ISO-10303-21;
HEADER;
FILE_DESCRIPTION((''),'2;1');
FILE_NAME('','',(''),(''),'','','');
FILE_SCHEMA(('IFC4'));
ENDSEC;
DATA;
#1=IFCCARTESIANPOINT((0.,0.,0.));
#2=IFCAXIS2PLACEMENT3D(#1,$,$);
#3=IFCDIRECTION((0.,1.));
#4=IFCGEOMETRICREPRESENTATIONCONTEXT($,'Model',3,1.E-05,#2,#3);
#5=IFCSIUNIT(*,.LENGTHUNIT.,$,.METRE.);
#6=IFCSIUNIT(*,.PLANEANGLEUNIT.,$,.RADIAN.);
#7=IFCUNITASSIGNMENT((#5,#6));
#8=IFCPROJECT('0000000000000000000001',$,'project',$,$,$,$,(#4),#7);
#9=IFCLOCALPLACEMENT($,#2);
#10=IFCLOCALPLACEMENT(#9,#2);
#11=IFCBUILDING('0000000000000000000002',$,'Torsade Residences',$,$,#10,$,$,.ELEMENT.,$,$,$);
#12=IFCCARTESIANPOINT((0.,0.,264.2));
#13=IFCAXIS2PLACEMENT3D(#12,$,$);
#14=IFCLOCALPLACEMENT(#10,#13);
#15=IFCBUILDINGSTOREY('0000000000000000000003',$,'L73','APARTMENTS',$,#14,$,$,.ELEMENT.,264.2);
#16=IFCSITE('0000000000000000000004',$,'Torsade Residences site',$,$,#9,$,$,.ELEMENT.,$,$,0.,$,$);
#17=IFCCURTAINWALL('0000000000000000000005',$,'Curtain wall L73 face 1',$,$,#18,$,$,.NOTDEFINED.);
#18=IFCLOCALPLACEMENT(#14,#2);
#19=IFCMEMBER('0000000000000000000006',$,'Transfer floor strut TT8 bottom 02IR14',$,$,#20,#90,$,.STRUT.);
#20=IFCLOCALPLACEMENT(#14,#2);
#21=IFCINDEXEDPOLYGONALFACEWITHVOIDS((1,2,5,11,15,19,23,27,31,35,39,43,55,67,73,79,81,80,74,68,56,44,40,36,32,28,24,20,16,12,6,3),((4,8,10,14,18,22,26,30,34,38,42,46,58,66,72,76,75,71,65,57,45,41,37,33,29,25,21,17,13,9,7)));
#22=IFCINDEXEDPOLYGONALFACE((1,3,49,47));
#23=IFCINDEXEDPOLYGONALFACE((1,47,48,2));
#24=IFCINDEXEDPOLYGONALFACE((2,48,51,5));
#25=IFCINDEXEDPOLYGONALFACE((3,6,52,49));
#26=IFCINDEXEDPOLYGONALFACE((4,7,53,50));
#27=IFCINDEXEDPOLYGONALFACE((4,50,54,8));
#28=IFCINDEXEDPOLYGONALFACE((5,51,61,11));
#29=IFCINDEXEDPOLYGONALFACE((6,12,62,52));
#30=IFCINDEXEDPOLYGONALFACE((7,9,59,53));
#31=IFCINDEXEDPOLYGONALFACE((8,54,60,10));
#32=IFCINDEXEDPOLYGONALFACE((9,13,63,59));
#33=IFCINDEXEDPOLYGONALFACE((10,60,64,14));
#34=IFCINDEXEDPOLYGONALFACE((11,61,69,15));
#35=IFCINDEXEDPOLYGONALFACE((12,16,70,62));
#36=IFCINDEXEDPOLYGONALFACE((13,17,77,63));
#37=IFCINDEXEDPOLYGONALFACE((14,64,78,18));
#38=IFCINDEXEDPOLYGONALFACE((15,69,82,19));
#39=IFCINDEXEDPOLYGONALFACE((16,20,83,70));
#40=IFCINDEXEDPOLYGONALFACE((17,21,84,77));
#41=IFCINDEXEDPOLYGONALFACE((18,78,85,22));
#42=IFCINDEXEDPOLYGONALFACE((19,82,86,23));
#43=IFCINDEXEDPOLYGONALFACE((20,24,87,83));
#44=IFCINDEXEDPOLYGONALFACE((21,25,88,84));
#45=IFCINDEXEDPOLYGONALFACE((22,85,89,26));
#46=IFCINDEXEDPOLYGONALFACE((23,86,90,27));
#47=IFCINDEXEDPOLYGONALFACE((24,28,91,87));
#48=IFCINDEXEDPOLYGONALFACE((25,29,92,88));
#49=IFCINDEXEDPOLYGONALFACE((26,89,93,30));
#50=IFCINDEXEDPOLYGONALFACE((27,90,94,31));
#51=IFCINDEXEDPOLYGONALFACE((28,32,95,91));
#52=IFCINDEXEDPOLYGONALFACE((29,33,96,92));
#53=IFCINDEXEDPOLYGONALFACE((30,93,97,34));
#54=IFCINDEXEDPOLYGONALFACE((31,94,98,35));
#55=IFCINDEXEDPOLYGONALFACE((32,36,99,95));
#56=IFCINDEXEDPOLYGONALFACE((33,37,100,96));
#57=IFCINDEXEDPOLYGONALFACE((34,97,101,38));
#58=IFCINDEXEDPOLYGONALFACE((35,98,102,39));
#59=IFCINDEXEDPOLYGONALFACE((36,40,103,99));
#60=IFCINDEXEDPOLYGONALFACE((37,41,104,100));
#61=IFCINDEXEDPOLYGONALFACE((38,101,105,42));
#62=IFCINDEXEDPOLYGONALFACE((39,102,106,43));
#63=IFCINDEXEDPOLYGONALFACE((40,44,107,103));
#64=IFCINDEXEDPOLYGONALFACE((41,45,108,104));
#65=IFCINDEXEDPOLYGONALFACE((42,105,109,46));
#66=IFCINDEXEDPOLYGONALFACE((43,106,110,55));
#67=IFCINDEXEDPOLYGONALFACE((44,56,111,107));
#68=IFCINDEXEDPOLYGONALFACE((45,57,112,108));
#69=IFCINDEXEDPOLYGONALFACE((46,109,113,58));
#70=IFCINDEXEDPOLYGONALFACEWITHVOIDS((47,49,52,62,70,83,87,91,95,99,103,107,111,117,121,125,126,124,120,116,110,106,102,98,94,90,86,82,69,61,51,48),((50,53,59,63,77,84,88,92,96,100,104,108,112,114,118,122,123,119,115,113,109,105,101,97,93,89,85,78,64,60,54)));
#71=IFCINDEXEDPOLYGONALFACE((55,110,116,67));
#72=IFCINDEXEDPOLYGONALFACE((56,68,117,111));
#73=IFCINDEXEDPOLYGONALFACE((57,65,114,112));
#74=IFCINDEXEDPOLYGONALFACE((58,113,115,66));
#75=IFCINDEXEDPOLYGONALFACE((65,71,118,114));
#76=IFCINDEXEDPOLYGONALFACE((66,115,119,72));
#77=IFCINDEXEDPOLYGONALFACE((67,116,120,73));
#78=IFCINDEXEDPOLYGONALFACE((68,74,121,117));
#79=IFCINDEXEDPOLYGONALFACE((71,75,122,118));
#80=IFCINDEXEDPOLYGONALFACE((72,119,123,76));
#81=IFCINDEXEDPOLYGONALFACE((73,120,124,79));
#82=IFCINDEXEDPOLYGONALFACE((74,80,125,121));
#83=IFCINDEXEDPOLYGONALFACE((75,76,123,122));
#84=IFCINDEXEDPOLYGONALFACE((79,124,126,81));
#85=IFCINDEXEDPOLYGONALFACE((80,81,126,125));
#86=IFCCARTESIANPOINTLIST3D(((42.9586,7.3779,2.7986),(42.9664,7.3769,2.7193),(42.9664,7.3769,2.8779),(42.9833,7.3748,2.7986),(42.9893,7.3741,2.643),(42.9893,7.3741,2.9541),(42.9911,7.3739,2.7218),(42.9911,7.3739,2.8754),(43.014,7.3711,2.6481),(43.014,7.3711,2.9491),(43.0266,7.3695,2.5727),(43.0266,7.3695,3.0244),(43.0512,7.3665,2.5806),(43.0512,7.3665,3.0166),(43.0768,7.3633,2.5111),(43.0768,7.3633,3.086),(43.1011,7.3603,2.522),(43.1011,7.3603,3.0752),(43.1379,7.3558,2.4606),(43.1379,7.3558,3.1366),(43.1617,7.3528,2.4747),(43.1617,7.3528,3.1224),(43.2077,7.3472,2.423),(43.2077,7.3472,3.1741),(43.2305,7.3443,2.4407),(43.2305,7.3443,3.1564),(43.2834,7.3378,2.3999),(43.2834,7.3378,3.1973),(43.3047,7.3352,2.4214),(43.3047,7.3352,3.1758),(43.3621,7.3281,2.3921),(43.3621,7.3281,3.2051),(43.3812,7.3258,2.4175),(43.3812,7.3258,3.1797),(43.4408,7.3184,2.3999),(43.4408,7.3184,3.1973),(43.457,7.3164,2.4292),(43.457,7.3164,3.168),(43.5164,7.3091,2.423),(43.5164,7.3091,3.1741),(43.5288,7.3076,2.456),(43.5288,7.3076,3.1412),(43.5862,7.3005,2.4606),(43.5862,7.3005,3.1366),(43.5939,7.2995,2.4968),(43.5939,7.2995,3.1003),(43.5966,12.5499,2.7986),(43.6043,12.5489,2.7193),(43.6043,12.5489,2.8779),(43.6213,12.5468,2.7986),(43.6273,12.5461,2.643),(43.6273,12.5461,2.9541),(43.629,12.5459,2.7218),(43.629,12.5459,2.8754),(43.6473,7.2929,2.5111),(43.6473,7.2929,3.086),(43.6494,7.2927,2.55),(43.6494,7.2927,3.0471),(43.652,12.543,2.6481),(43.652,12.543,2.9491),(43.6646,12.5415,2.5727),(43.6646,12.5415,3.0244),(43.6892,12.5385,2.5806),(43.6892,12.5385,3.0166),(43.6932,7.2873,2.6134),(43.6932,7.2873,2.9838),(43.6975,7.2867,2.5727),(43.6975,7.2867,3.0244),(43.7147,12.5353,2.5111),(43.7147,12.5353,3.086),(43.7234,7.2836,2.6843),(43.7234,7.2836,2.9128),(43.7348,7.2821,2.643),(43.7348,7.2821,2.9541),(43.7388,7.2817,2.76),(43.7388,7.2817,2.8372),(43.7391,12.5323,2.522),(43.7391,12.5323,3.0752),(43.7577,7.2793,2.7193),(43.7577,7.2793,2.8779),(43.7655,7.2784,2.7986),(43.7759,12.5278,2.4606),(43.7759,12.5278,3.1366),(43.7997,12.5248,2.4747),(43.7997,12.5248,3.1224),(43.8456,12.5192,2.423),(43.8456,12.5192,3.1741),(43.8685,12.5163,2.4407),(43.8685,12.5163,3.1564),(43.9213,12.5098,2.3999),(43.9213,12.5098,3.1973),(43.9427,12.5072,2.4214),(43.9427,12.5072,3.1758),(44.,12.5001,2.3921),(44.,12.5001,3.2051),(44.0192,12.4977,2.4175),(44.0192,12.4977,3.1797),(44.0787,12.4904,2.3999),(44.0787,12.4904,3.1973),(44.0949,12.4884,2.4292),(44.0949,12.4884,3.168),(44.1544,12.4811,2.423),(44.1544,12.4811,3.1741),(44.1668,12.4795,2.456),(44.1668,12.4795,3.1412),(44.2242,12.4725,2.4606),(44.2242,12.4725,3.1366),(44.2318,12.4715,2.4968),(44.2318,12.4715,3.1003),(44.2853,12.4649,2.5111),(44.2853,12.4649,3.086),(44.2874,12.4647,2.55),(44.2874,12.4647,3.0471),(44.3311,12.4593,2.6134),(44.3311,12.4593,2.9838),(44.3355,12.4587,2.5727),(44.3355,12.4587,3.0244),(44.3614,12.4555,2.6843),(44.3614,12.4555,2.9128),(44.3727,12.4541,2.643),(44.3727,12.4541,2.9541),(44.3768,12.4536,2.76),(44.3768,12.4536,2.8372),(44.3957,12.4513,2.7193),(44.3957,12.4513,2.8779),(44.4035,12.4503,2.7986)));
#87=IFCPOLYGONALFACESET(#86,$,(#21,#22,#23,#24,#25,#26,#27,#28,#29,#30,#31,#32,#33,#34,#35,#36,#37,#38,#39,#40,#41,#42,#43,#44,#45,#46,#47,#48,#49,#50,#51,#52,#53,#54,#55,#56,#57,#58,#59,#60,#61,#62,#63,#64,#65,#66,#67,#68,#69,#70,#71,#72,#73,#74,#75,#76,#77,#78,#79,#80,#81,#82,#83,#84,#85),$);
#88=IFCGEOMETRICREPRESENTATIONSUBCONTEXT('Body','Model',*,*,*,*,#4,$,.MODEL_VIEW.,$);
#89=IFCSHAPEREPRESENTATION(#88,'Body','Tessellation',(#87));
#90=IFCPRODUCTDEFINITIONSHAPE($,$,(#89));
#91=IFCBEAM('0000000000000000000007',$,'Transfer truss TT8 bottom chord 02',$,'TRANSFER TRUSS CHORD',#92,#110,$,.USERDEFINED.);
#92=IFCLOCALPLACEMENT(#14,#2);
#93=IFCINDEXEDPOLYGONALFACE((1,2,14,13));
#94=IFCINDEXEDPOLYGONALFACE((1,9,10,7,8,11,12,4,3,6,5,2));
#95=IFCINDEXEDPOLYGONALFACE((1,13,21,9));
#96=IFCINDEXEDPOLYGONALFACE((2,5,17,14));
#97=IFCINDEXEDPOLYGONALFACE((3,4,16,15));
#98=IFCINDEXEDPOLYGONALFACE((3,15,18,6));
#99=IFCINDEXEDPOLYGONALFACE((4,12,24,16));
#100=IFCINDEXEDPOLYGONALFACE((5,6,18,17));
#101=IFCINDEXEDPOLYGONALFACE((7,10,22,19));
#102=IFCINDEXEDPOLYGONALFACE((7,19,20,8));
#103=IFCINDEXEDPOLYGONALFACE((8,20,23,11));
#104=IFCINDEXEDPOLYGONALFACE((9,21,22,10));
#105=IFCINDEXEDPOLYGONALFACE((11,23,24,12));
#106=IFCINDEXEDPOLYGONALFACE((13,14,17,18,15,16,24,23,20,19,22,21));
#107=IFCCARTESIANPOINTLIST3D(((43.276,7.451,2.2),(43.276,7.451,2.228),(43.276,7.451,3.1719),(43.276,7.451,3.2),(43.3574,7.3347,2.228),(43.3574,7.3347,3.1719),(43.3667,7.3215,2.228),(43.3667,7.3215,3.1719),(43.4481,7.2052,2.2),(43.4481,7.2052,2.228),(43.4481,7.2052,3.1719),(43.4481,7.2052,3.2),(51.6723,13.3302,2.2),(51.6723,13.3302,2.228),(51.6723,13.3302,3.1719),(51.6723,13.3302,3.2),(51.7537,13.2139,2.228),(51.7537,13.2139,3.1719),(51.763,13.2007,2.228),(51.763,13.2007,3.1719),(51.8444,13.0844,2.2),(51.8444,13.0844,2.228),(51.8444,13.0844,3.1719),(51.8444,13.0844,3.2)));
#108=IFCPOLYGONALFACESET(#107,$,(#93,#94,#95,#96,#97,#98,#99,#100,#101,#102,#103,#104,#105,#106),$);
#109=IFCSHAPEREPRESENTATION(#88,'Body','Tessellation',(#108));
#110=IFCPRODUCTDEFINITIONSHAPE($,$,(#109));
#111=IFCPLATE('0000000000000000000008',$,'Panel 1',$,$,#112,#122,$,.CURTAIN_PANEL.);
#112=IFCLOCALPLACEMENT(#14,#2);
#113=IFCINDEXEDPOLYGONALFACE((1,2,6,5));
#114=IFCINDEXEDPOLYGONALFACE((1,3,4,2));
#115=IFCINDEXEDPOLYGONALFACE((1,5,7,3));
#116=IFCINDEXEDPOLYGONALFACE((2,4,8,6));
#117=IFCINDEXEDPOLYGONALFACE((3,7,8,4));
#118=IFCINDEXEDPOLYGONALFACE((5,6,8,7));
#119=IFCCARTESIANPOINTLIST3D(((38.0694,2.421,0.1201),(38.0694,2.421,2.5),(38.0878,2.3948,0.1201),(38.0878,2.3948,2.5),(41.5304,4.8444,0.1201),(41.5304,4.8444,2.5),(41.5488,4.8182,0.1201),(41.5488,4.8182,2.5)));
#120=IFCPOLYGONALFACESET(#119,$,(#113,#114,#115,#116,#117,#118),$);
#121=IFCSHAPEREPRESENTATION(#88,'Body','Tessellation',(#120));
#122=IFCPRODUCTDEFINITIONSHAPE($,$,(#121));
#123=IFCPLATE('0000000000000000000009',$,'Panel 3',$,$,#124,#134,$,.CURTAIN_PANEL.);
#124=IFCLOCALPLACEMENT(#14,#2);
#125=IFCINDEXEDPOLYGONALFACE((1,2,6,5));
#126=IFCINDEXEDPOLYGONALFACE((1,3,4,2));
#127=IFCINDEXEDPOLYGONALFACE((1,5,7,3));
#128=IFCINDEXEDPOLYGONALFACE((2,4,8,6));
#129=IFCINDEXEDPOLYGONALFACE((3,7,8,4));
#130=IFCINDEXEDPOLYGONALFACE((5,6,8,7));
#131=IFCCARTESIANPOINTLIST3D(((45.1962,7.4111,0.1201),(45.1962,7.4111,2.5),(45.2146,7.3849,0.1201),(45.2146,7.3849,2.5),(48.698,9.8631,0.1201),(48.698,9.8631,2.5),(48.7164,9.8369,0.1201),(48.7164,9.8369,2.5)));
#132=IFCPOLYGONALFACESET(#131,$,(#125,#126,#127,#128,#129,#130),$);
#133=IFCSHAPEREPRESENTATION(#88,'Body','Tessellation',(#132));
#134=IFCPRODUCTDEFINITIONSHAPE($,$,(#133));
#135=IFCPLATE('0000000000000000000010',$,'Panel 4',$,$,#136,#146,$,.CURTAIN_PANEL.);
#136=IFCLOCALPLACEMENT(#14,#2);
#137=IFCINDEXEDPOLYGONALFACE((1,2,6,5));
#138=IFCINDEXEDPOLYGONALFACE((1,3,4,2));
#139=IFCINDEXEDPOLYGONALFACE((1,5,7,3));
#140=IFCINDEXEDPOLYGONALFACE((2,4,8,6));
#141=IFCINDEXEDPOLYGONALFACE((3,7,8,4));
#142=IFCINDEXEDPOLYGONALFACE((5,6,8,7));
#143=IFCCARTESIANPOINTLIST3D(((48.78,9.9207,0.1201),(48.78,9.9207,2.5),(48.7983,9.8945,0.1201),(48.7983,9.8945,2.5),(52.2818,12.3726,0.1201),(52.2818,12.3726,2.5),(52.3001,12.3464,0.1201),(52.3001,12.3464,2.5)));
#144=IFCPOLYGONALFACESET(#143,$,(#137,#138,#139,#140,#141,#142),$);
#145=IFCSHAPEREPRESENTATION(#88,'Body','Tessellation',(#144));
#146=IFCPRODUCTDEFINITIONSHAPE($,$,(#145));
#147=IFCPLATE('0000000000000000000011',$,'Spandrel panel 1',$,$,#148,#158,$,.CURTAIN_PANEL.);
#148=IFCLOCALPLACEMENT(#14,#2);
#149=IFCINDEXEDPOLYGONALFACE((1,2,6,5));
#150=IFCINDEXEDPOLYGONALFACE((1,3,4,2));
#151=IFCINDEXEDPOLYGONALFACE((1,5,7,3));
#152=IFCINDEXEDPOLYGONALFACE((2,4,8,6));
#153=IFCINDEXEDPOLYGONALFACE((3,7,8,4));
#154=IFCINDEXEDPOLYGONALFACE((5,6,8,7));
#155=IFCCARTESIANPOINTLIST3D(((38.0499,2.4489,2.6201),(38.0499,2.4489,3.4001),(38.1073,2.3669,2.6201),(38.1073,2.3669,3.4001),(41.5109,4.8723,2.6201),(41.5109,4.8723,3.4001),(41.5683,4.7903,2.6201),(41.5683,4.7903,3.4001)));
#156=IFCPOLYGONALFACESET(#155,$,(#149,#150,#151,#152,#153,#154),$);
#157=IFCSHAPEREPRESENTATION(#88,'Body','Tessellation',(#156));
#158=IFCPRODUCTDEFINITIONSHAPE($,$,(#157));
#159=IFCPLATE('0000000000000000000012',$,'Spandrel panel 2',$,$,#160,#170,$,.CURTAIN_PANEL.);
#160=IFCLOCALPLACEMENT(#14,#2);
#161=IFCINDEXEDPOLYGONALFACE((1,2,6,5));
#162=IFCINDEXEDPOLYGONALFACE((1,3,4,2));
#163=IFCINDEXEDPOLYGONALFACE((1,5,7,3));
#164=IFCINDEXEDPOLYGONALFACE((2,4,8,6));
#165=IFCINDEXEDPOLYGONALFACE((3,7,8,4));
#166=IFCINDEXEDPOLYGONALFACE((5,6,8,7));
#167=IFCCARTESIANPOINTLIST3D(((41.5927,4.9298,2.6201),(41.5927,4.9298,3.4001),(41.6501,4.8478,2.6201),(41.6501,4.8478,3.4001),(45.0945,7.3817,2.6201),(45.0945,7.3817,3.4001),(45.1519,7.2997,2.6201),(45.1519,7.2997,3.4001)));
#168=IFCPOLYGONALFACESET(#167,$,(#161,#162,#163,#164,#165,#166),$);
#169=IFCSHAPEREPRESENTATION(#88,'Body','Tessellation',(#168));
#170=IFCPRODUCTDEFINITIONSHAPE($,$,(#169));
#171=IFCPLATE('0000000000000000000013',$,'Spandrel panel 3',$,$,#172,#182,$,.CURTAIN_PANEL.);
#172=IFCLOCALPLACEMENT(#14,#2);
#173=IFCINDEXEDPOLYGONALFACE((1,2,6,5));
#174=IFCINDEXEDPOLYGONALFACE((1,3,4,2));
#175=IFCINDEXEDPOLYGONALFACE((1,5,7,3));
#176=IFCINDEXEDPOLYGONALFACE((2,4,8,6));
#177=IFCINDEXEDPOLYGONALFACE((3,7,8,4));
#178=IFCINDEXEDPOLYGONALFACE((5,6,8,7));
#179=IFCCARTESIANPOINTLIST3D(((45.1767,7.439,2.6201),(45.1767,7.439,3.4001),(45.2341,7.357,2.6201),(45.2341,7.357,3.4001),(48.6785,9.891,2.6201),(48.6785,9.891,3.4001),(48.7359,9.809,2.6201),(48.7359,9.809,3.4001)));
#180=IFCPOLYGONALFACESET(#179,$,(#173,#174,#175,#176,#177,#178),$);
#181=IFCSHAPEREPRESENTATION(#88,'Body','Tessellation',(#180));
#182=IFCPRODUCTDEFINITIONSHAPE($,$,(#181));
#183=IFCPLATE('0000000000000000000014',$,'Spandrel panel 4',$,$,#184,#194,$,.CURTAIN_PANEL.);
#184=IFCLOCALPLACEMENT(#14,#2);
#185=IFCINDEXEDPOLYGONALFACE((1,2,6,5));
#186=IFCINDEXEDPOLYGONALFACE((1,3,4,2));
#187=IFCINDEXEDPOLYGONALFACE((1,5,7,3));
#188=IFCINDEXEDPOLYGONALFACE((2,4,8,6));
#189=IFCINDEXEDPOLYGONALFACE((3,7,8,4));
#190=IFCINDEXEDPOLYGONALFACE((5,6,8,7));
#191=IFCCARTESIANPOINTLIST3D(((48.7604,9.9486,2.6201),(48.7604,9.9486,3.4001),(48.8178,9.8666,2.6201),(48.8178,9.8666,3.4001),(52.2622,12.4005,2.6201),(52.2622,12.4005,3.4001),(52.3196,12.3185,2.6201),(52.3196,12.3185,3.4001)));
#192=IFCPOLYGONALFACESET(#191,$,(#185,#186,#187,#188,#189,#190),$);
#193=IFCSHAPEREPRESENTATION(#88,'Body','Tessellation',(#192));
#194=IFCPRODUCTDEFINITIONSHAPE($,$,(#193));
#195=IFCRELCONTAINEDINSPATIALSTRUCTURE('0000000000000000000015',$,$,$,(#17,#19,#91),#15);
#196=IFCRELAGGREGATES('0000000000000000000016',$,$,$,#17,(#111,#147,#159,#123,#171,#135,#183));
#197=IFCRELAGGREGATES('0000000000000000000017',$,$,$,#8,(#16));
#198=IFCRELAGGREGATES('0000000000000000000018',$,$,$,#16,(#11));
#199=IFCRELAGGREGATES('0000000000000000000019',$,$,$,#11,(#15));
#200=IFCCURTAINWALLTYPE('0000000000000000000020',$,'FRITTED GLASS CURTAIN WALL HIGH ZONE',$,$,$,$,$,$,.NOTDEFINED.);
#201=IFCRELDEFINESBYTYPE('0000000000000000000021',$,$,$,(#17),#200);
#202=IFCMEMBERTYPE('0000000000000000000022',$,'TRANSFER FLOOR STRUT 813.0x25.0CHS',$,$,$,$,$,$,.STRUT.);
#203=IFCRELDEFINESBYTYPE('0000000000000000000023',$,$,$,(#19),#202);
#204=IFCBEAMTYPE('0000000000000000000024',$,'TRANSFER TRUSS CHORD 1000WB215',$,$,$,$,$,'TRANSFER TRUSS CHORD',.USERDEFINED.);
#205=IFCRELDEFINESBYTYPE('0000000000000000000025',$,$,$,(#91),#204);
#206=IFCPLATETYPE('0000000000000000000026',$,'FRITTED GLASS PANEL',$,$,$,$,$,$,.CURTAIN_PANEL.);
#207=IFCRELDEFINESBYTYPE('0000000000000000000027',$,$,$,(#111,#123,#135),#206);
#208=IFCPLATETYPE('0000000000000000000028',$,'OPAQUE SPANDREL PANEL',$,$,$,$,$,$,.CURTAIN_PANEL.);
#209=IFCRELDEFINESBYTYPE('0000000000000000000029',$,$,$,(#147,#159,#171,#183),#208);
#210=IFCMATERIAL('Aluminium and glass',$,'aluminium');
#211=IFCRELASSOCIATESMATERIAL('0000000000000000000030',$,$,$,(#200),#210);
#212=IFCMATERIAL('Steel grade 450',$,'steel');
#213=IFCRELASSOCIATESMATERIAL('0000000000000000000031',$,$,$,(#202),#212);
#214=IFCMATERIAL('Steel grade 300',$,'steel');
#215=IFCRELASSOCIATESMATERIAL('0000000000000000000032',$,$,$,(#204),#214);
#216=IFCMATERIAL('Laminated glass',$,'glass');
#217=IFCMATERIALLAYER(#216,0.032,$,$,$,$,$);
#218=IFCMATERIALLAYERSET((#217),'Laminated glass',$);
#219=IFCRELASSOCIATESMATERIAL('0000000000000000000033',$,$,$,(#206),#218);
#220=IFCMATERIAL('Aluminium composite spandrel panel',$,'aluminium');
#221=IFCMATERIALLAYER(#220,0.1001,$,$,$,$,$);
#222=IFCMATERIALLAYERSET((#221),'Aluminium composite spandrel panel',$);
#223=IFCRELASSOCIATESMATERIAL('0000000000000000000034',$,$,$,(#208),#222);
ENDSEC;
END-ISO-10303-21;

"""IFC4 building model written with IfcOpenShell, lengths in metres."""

from ifc_helpers import new_model, si_unit, direction, frame, origin, origin_2d, place, context, subcontext, project, spatial, rectangle, hollow_circle, i_section, extrude, material, layer, layer_set, material_profile, profile_set, type_object, element, aggregate, save


model = new_model("IFC4")

# Units and contexts
model_context = context("Model", 3, precision=1e-05, world=origin(), true_north=direction((0.0, 1.0)))
body_context = subcontext(model_context, "Body", "Model", "MODEL_VIEW")
ifc_project = project(units=[si_unit("LENGTHUNIT", "METRE"), si_unit("PLANEANGLEUNIT", "RADIAN")], contexts=[model_context])

# Site, building, storey
site_placement = place(None, origin())
site = spatial("IfcSite", under=ifc_project, at=site_placement, Name="Torsade Residences site", CompositionType="ELEMENT", RefElevation=0.0)
building_placement = place(site_placement, origin())
building = spatial("IfcBuilding", under=site, at=building_placement, Name="Torsade Residences", CompositionType="ELEMENT")
storey_placement = place(building_placement, frame((0.0, 0.0, 264.2)))
storey = spatial("IfcBuildingStorey", under=building, at=storey_placement, Name="L73", Description="APARTMENTS", CompositionType="ELEMENT", Elevation=264.2)

# Curtain wall
ifc_material_1 = material(Name="Aluminium and glass", Category="aluminium")
curtain_wall_type = type_object("IfcCurtainWallType", Name="FRITTED GLASS CURTAIN WALL HIGH ZONE", PredefinedType="NOTDEFINED", material=ifc_material_1)
curtain_wall_placement = place(storey_placement, origin())
curtain_wall = element("IfcCurtainWall", 1, at=curtain_wall_placement, inside=storey, type_object=curtain_wall_type, Name="Curtain wall L73 face 1", PredefinedType="NOTDEFINED")

# Member
ifc_material_2 = material(Name="Steel grade 450", Category="steel")
ifc_material_profile_1 = material_profile(ifc_material_2, hollow_circle(Radius=0.4065, WallThickness=0.0249, at=origin_2d()), Name="813.0x25.0CHS")
ifc_profile_set_1 = profile_set([ifc_material_profile_1], Name="Steel grade 450")
member_type_1 = type_object("IfcMemberType", Name="TRANSFER FLOOR STRUT 813.0x25.0CHS", PredefinedType="STRUT", material=ifc_profile_set_1)
member_1_placement = place(storey_placement, frame((43.3621, 7.3281, 2.7986), z_axis=(0.12242, 0.992478, 0.0), x_axis=(-0.992478, 0.12242, 0.0)))
element("IfcMember", 2, at=member_1_placement, inside=storey, type_object=member_type_1, Name="Transfer floor strut TT8 bottom 02IR14", PredefinedType="STRUT", context=body_context, shape_type="SweptSolid", body=[
    extrude(hollow_circle(Radius=0.4065, WallThickness=0.0249, at=origin_2d()), origin(), (0.0, 0.0, 1.0), 5.2112),
])

# Beam
ifc_material_3 = material(Name="Steel grade 300", Category="steel")
ifc_material_profile_2 = material_profile(ifc_material_3, i_section(OverallWidth=0.3, OverallDepth=1.0, WebThickness=0.0161, FlangeThickness=0.0281, at=origin_2d()), Name="1000WB215")
ifc_profile_set_2 = profile_set([ifc_material_profile_2], Name="Steel grade 300")
beam_type_1 = type_object("IfcBeamType", Name="TRANSFER TRUSS CHORD 1000WB215", ElementType="TRANSFER TRUSS CHORD", PredefinedType="USERDEFINED", material=ifc_profile_set_2)
beam_1_placement = place(storey_placement, frame((43.3621, 7.3281, 2.7), z_axis=(0.81915, 0.573579, 0.0), x_axis=(-0.573579, 0.81915, 0.0)))
element("IfcBeam", 3, at=beam_1_placement, inside=storey, type_object=beam_type_1, Name="Transfer truss TT8 bottom chord 02", ObjectType="TRANSFER TRUSS CHORD", PredefinedType="USERDEFINED", context=body_context, shape_type="SweptSolid", body=[
    extrude(i_section(OverallWidth=0.3, OverallDepth=1.0, WebThickness=0.0161, FlangeThickness=0.0281, at=origin_2d()), origin(), (0.0, 0.0, 1.0), 10.25),
])

# Plates
ifc_material_4 = material(Name="Laminated glass", Category="glass")
ifc_layer_1 = layer(ifc_material_4, 0.032)
ifc_layer_set_1 = layer_set([ifc_layer_1], Name="Laminated glass")
plate_type_1 = type_object("IfcPlateType", Name="FRITTED GLASS PANEL", PredefinedType="CURTAIN_PANEL", material=ifc_layer_set_1)
plate_1_placement = place(storey_placement, frame((39.8091, 3.6196, 0.1201), z_axis=(0.0, 0.0, 1.0), x_axis=(0.819152, 0.573576, 0.0)))
plate_1 = element("IfcPlate", 4, at=plate_1_placement, type_object=plate_type_1, Name="Panel 1", PredefinedType="CURTAIN_PANEL", context=body_context, shape_type="SweptSolid", body=[
    extrude(rectangle(XDim=4.2251, YDim=0.032, at=origin_2d()), origin(), (0.0, 0.0, 1.0), 2.3799),
])
plate_2_placement = place(storey_placement, frame((46.9563, 8.624, 0.1201), z_axis=(0.0, 0.0, 1.0), x_axis=(0.819152, 0.573576, 0.0)))
plate_2 = element("IfcPlate", 5, at=plate_2_placement, type_object=plate_type_1, Name="Panel 3", PredefinedType="CURTAIN_PANEL", context=body_context, shape_type="SweptSolid", body=[
    extrude(rectangle(XDim=4.2749, YDim=0.032, at=origin_2d()), origin(), (0.0, 0.0, 1.0), 2.3799),
])
plate_3_placement = place(storey_placement, frame((50.54, 11.1335, 0.1201), z_axis=(0.0, 0.0, 1.0), x_axis=(0.819152, 0.573576, 0.0)))
plate_3 = element("IfcPlate", 6, at=plate_3_placement, type_object=plate_type_1, Name="Panel 4", PredefinedType="CURTAIN_PANEL", context=body_context, shape_type="SweptSolid", body=[
    extrude(rectangle(XDim=4.2749, YDim=0.032, at=origin_2d()), origin(), (0.0, 0.0, 1.0), 2.3799),
])
ifc_material_5 = material(Name="Aluminium composite spandrel panel", Category="aluminium")
ifc_layer_2 = layer(ifc_material_5, 0.1001)
ifc_layer_set_2 = layer_set([ifc_layer_2], Name="Aluminium composite spandrel panel")
plate_type_2 = type_object("IfcPlateType", Name="OPAQUE SPANDREL PANEL", PredefinedType="CURTAIN_PANEL", material=ifc_layer_set_2)
plate_4_placement = place(storey_placement, frame((39.8091, 3.6196, 2.6201), z_axis=(0.0, 0.0, 1.0), x_axis=(0.819152, 0.573576, 0.0)))
plate_4 = element("IfcPlate", 7, at=plate_4_placement, type_object=plate_type_2, Name="Spandrel panel 1", PredefinedType="CURTAIN_PANEL", context=body_context, shape_type="SweptSolid", body=[
    extrude(rectangle(XDim=4.2251, YDim=0.1001, at=origin_2d()), origin(), (0.0, 0.0, 1.0), 0.78),
])
plate_5_placement = place(storey_placement, frame((43.3723, 6.1147, 2.6201), z_axis=(0.0, 0.0, 1.0), x_axis=(0.819152, 0.573576, 0.0)))
plate_5 = element("IfcPlate", 8, at=plate_5_placement, type_object=plate_type_2, Name="Spandrel panel 2", PredefinedType="CURTAIN_PANEL", context=body_context, shape_type="SweptSolid", body=[
    extrude(rectangle(XDim=4.2749, YDim=0.1001, at=origin_2d()), origin(), (0.0, 0.0, 1.0), 0.78),
])
plate_6_placement = place(storey_placement, frame((46.9563, 8.624, 2.6201), z_axis=(0.0, 0.0, 1.0), x_axis=(0.819152, 0.573576, 0.0)))
plate_6 = element("IfcPlate", 9, at=plate_6_placement, type_object=plate_type_2, Name="Spandrel panel 3", PredefinedType="CURTAIN_PANEL", context=body_context, shape_type="SweptSolid", body=[
    extrude(rectangle(XDim=4.2749, YDim=0.1001, at=origin_2d()), origin(), (0.0, 0.0, 1.0), 0.78),
])
plate_7_placement = place(storey_placement, frame((50.54, 11.1335, 2.6201), z_axis=(0.0, 0.0, 1.0), x_axis=(0.819152, 0.573576, 0.0)))
plate_7 = element("IfcPlate", 10, at=plate_7_placement, type_object=plate_type_2, Name="Spandrel panel 4", PredefinedType="CURTAIN_PANEL", context=body_context, shape_type="SweptSolid", body=[
    extrude(rectangle(XDim=4.2749, YDim=0.1001, at=origin_2d()), origin(), (0.0, 0.0, 1.0), 0.78),
])
aggregate(curtain_wall, [plate_1, plate_4, plate_5, plate_2, plate_6, plate_3, plate_7])

save(model, "model.ifc")
